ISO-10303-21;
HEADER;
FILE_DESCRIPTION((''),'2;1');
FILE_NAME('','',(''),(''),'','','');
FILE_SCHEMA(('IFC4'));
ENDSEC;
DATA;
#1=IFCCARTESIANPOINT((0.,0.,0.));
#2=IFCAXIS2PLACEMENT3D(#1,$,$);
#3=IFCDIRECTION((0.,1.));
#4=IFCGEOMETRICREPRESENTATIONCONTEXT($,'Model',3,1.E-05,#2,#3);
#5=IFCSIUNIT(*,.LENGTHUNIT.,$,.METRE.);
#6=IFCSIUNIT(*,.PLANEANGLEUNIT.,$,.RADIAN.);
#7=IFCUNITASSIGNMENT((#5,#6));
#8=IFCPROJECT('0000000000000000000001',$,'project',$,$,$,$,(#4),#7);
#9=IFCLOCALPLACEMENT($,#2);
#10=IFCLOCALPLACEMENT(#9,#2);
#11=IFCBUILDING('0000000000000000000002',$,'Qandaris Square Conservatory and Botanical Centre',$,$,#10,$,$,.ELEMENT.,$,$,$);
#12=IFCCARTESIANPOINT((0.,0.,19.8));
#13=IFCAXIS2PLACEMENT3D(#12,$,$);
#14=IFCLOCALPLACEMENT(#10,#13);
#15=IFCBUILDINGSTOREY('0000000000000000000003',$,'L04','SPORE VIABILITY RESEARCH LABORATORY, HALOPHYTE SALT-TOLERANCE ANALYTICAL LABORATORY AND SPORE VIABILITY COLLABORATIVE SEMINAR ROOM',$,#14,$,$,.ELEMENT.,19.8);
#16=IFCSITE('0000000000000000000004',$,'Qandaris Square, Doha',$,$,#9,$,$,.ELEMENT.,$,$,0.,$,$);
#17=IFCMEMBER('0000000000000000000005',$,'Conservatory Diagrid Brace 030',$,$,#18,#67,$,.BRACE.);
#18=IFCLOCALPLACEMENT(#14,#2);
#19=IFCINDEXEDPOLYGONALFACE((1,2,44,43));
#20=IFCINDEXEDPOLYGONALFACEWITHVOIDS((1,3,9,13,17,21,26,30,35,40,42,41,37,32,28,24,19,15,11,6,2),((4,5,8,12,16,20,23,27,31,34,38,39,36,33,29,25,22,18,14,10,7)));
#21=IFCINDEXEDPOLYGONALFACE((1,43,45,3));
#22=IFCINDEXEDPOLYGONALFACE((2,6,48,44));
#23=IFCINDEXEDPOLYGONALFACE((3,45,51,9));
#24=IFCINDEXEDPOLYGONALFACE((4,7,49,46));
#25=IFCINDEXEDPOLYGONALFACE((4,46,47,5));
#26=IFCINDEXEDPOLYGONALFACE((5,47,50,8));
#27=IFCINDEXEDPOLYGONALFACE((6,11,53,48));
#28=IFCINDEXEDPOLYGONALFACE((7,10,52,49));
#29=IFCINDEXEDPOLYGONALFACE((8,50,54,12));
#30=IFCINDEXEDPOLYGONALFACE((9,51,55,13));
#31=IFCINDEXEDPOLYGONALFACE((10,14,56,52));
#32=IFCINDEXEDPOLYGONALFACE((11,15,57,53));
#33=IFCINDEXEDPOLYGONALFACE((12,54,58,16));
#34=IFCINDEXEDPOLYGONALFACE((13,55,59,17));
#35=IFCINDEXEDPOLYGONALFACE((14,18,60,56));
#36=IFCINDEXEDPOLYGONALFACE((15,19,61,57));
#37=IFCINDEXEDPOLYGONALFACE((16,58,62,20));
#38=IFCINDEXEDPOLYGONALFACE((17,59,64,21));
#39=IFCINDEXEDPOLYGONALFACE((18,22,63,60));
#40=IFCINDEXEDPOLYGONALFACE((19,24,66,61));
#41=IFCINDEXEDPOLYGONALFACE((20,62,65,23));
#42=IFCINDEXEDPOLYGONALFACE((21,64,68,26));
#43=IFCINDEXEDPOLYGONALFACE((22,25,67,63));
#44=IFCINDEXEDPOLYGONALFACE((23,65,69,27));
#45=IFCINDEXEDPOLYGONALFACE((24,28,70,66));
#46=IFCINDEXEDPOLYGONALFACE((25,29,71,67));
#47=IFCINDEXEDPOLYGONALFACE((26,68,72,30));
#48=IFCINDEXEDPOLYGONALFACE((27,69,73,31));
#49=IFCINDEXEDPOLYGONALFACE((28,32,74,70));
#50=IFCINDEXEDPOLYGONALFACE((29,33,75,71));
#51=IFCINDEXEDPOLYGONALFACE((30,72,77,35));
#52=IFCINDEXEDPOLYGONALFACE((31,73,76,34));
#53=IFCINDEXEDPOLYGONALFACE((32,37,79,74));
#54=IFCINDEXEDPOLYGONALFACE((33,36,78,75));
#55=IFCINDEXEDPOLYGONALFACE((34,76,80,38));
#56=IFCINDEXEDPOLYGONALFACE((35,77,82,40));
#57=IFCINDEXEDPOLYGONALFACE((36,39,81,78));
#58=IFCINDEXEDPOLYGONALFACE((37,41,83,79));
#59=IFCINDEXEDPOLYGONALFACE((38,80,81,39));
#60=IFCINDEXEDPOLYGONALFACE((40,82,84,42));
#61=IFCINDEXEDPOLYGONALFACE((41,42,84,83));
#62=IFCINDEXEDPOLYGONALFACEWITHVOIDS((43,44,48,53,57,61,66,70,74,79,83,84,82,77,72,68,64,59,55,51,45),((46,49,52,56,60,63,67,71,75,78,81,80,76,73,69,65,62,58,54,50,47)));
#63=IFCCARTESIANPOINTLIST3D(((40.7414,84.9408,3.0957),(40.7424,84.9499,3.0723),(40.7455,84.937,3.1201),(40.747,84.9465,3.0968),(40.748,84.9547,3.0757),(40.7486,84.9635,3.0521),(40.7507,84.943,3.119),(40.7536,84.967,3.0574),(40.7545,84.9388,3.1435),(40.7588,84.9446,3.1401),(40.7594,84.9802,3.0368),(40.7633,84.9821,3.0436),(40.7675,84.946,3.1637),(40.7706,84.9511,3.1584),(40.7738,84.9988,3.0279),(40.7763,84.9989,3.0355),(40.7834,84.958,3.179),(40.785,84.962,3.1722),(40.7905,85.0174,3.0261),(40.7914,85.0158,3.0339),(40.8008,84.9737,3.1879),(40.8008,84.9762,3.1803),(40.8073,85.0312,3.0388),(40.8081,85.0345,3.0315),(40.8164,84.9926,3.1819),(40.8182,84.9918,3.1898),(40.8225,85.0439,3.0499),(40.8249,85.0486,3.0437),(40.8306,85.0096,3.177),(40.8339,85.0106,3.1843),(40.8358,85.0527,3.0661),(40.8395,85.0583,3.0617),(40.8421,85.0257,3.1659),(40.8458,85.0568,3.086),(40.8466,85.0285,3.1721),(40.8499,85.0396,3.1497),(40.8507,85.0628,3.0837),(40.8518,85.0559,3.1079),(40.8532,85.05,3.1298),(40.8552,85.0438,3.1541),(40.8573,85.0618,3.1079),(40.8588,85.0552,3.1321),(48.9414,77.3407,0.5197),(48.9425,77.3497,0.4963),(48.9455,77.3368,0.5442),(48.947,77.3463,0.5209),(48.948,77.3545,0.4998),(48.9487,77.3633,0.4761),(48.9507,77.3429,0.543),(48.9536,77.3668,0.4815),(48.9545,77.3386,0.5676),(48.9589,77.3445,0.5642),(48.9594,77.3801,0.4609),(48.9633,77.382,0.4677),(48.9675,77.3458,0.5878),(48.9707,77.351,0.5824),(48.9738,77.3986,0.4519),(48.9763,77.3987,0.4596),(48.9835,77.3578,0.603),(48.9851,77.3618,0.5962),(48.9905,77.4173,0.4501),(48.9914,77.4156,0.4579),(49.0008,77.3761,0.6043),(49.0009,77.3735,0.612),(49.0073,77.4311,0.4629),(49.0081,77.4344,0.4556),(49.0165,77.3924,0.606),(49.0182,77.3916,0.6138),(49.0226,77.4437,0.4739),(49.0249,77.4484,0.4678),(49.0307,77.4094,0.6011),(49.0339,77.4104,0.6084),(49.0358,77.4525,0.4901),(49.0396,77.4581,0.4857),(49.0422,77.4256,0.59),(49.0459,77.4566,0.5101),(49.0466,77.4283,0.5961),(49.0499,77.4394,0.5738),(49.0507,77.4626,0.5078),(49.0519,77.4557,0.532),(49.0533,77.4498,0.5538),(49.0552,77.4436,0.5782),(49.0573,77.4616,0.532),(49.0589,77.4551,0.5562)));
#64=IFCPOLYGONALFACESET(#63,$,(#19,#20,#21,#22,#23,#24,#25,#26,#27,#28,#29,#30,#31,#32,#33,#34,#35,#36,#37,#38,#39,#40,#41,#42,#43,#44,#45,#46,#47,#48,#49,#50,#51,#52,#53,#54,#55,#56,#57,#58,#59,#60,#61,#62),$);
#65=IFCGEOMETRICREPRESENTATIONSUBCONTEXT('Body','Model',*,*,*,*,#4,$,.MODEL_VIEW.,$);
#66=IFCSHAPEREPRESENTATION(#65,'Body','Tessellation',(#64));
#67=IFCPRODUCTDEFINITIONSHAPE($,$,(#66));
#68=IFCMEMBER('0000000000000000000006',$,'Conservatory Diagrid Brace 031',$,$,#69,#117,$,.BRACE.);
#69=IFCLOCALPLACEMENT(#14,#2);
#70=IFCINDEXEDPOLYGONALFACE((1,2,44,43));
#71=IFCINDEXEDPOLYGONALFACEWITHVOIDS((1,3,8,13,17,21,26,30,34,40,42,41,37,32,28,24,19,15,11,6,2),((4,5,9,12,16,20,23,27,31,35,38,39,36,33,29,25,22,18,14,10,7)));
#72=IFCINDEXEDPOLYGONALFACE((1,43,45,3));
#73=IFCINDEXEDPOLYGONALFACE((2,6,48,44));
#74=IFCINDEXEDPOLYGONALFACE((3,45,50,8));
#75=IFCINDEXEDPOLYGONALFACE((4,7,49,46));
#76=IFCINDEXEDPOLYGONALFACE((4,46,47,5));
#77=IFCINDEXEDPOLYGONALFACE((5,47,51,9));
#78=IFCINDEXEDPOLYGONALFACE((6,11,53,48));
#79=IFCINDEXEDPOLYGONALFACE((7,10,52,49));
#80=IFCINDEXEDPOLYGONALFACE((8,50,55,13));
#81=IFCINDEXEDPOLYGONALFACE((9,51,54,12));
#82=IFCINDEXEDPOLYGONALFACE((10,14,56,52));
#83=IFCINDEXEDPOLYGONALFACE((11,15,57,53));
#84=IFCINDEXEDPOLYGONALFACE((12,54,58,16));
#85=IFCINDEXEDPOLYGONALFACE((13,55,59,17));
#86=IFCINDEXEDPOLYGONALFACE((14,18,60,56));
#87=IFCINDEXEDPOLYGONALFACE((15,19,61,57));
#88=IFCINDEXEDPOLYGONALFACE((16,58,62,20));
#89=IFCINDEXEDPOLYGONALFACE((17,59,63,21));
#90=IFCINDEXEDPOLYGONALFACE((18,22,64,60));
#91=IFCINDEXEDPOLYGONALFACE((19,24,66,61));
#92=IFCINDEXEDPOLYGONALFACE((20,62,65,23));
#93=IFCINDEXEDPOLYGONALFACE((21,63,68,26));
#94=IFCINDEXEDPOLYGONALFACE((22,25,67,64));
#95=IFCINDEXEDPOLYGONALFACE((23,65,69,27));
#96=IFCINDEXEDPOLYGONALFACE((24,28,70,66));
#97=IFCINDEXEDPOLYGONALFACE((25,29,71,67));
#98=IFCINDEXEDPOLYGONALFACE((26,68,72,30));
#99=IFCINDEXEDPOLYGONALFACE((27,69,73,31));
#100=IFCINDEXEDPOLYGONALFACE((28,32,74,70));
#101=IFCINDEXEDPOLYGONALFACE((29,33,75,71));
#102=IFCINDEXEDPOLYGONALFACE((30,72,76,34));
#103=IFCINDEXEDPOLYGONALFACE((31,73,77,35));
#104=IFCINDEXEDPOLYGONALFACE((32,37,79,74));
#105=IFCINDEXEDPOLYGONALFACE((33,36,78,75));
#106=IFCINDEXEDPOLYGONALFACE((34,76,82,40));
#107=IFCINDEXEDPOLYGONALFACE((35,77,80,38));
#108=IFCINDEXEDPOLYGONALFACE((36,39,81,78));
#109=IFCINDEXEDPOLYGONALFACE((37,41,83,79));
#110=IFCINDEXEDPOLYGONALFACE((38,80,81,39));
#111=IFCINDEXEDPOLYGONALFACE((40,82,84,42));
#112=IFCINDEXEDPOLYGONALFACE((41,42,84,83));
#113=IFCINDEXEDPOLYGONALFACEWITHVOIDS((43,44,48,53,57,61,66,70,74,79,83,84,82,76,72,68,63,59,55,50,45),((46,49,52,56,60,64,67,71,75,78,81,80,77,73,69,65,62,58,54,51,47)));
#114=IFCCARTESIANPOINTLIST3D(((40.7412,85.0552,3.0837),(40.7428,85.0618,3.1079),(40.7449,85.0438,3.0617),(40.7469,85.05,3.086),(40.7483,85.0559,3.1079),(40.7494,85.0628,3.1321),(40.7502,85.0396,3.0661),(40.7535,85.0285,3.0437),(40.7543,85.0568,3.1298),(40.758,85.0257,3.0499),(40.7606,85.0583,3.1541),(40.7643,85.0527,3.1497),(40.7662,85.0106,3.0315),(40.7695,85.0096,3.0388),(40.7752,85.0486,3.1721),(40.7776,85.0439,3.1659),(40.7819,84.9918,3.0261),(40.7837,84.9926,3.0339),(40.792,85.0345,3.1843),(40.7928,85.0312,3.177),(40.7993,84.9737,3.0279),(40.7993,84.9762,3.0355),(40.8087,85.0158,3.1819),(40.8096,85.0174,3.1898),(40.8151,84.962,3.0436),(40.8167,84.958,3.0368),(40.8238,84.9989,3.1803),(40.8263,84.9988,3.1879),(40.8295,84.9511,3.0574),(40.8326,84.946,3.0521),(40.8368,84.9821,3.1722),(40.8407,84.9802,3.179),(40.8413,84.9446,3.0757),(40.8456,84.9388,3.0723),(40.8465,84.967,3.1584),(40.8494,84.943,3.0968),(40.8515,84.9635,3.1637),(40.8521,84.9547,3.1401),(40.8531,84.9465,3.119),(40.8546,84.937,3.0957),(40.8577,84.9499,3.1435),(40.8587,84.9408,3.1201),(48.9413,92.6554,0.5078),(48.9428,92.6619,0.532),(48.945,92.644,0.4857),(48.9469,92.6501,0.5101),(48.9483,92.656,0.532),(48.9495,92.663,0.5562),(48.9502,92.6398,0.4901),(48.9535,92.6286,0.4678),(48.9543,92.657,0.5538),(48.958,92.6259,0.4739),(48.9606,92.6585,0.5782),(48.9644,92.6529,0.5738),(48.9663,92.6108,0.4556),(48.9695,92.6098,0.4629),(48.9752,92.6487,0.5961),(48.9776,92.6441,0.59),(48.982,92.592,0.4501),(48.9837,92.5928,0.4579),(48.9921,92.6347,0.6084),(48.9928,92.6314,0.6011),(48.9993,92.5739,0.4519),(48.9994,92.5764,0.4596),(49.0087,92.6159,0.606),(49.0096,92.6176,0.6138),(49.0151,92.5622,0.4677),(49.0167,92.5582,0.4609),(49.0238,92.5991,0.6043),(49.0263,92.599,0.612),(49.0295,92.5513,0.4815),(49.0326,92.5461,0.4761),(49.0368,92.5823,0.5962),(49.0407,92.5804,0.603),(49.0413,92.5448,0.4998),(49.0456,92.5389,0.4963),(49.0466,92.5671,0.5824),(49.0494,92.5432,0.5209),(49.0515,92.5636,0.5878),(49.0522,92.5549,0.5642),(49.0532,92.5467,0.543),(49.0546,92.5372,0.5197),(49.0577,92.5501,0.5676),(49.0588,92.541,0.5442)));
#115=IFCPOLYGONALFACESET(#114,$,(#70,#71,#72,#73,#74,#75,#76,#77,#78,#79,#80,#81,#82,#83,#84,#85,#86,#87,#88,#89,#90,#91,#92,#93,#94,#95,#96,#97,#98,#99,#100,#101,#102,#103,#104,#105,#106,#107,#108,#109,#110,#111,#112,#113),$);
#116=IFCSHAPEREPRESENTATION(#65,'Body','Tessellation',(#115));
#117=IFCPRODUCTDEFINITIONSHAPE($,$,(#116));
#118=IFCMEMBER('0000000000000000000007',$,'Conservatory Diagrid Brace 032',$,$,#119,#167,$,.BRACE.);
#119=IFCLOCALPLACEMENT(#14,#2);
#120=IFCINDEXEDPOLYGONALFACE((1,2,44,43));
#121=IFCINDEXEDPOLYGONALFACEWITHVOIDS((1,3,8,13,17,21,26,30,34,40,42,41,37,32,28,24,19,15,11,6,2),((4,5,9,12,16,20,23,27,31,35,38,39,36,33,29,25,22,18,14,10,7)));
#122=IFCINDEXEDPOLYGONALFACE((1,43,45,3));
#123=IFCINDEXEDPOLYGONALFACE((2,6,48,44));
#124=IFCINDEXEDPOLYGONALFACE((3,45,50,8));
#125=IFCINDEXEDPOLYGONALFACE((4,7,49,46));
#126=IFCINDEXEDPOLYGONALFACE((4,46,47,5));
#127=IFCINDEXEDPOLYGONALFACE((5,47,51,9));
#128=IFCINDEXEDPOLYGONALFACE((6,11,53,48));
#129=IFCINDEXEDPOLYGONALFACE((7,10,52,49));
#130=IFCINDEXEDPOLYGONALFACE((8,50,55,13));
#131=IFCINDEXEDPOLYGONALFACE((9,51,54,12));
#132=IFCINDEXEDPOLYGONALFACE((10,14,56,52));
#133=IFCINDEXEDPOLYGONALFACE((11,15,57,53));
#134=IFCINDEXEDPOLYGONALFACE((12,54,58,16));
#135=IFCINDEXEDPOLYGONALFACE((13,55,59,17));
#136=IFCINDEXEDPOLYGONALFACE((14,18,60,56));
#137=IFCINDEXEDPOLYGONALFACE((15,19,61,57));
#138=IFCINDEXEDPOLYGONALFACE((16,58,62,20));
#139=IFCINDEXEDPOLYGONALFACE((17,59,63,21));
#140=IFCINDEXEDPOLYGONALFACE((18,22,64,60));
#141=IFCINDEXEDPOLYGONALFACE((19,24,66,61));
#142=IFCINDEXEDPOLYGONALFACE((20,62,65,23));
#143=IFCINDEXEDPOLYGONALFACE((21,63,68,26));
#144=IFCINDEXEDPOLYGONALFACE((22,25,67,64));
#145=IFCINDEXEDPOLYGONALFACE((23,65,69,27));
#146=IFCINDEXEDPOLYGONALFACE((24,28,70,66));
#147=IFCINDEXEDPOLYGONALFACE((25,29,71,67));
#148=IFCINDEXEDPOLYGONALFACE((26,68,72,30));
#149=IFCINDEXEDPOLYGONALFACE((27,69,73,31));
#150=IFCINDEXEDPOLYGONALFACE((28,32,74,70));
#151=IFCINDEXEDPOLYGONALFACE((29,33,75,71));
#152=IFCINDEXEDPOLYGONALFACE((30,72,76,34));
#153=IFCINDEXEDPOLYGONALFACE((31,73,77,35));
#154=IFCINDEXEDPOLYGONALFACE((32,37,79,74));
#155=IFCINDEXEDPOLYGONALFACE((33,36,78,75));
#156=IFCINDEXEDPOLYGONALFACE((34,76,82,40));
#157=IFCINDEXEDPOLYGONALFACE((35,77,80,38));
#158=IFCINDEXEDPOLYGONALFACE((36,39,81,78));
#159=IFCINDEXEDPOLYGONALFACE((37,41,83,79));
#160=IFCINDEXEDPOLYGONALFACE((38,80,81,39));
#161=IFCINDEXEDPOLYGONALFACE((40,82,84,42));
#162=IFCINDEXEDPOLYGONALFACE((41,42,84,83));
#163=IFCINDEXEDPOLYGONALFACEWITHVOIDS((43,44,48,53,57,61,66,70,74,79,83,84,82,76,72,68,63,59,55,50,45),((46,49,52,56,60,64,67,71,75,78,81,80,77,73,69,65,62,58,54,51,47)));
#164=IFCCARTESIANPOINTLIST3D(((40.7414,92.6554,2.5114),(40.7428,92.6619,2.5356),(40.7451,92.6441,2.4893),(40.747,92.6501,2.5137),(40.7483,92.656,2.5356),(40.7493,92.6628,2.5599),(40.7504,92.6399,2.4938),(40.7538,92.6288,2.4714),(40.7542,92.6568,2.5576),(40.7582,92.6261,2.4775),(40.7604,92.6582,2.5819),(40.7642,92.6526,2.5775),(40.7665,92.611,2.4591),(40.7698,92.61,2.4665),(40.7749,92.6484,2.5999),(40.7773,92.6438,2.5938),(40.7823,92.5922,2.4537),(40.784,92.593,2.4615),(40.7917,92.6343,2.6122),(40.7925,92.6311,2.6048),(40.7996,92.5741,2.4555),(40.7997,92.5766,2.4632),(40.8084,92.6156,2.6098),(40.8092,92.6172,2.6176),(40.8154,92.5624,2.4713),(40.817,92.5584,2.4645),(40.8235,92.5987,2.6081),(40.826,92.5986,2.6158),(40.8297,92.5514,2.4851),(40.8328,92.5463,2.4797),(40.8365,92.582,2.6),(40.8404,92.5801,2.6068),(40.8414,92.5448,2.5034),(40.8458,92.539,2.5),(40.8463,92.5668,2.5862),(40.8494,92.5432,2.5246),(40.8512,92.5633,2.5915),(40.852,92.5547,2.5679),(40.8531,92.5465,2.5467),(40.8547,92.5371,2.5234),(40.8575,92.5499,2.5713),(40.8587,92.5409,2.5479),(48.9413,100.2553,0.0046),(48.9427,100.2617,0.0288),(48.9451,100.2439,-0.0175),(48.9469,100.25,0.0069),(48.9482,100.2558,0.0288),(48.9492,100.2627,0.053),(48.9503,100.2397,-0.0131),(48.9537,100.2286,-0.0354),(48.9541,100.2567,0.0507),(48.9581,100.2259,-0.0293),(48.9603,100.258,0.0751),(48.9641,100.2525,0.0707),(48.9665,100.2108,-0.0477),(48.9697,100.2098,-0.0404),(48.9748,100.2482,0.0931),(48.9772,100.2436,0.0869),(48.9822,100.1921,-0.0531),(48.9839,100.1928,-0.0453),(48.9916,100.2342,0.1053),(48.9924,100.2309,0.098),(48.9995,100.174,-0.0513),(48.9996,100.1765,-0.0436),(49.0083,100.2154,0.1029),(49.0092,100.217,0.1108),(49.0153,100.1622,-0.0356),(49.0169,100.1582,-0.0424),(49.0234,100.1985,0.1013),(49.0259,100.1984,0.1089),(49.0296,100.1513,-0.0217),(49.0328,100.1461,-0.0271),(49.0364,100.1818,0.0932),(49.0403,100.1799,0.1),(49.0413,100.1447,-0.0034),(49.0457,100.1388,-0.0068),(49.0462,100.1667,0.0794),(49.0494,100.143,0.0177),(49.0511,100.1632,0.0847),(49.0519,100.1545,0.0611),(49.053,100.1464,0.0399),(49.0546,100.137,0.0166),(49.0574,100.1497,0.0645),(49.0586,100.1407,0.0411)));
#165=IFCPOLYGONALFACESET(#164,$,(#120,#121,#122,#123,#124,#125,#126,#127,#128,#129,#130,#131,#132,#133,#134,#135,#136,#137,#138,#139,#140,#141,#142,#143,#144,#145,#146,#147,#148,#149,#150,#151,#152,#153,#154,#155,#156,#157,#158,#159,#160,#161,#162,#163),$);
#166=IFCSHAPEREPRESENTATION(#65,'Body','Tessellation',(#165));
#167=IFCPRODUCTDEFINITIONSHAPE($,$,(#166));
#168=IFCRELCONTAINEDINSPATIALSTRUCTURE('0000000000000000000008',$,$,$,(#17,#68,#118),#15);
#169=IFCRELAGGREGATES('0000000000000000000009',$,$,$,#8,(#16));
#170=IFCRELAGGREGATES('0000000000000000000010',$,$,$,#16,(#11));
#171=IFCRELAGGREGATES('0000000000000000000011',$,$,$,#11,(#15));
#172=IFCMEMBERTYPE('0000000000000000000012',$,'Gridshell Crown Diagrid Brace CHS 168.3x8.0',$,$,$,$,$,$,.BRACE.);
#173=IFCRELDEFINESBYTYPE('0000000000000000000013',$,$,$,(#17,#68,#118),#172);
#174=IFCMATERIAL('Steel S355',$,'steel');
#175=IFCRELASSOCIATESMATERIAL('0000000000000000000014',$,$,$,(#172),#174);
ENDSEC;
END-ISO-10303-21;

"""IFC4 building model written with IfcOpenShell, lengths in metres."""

from ifc_helpers import new_model, si_unit, direction, frame, origin, origin_2d, place, context, subcontext, project, spatial, hollow_circle, extrude, material, material_profile, profile_set, type_object, element, save


model = new_model("IFC4")

# Units and contexts
model_context = context("Model", 3, precision=1e-05, world=origin(), true_north=direction((0.0, 1.0)))
body_context = subcontext(model_context, "Body", "Model", "MODEL_VIEW")
ifc_project = project(units=[si_unit("LENGTHUNIT", "METRE"), si_unit("PLANEANGLEUNIT", "RADIAN")], contexts=[model_context])

# Site, building, storey
site_placement = place(None, origin())
site = spatial("IfcSite", under=ifc_project, at=site_placement, Name="Qandaris Square, Doha", CompositionType="ELEMENT", RefElevation=0.0)
building_placement = place(site_placement, origin())
building = spatial("IfcBuilding", under=site, at=building_placement, Name="Qandaris Square Conservatory and Botanical Centre", CompositionType="ELEMENT")
storey_placement = place(building_placement, frame((0.0, 0.0, 19.8)))
storey = spatial("IfcBuildingStorey", under=building, at=storey_placement, Name="L04", Description="SPORE VIABILITY RESEARCH LABORATORY, HALOPHYTE SALT-TOLERANCE ANALYTICAL LABORATORY AND SPORE VIABILITY COLLABORATIVE SEMINAR ROOM", CompositionType="ELEMENT", Elevation=19.8)

# Members
ifc_material = material(Name="Steel S355", Category="steel")
ifc_material_profile_1 = material_profile(ifc_material, hollow_circle(Radius=0.0842, WallThickness=0.0081, at=origin_2d()), Name="CHS 168.3x8.0")
ifc_profile_set_1 = profile_set([ifc_material_profile_1], Name="Steel S355")
member_type_1 = type_object("IfcMemberType", Name="Gridshell Crown Diagrid Brace CHS 168.3x8.0", PredefinedType="BRACE", material=ifc_profile_set_1)
for number, where, z_axis, x_axis, name in (
    (1, (40.8, 85.0, 3.1079), (0.7147, -0.662417, -0.224515), (0.679772, 0.733424, 0.0), "Conservatory Diagrid Brace 030"),
    (2, (40.8, 85.0, 3.1079), (0.7147, 0.662417, -0.224515), (-0.679772, 0.733424, 0.0), "Conservatory Diagrid Brace 031"),
):
    element("IfcMember", number, at=place(storey_placement, frame(where, z_axis=z_axis, x_axis=x_axis)), inside=storey, type_object=member_type_1, Name=name, PredefinedType="BRACE", context=body_context, shape_type="SweptSolid", body=[
        extrude(hollow_circle(Radius=0.0842, WallThickness=0.0081, at=origin_2d()), origin(), (0.0, 0.0, 1.0), 11.4734),
    ])
member_1_placement = place(storey_placement, frame((40.8, 92.6001, 2.5356), z_axis=(0.715665, 0.663291, -0.218789), x_axis=(-0.67976, 0.733435, 0.0)))
element("IfcMember", 3, at=member_1_placement, inside=storey, type_object=member_type_1, Name="Conservatory Diagrid Brace 032", PredefinedType="BRACE", context=body_context, shape_type="SweptSolid", body=[
    extrude(hollow_circle(Radius=0.0842, WallThickness=0.0081, at=origin_2d()), origin(), (0.0, 0.0, 1.0), 11.4578),
])

save(model, "model.ifc")
